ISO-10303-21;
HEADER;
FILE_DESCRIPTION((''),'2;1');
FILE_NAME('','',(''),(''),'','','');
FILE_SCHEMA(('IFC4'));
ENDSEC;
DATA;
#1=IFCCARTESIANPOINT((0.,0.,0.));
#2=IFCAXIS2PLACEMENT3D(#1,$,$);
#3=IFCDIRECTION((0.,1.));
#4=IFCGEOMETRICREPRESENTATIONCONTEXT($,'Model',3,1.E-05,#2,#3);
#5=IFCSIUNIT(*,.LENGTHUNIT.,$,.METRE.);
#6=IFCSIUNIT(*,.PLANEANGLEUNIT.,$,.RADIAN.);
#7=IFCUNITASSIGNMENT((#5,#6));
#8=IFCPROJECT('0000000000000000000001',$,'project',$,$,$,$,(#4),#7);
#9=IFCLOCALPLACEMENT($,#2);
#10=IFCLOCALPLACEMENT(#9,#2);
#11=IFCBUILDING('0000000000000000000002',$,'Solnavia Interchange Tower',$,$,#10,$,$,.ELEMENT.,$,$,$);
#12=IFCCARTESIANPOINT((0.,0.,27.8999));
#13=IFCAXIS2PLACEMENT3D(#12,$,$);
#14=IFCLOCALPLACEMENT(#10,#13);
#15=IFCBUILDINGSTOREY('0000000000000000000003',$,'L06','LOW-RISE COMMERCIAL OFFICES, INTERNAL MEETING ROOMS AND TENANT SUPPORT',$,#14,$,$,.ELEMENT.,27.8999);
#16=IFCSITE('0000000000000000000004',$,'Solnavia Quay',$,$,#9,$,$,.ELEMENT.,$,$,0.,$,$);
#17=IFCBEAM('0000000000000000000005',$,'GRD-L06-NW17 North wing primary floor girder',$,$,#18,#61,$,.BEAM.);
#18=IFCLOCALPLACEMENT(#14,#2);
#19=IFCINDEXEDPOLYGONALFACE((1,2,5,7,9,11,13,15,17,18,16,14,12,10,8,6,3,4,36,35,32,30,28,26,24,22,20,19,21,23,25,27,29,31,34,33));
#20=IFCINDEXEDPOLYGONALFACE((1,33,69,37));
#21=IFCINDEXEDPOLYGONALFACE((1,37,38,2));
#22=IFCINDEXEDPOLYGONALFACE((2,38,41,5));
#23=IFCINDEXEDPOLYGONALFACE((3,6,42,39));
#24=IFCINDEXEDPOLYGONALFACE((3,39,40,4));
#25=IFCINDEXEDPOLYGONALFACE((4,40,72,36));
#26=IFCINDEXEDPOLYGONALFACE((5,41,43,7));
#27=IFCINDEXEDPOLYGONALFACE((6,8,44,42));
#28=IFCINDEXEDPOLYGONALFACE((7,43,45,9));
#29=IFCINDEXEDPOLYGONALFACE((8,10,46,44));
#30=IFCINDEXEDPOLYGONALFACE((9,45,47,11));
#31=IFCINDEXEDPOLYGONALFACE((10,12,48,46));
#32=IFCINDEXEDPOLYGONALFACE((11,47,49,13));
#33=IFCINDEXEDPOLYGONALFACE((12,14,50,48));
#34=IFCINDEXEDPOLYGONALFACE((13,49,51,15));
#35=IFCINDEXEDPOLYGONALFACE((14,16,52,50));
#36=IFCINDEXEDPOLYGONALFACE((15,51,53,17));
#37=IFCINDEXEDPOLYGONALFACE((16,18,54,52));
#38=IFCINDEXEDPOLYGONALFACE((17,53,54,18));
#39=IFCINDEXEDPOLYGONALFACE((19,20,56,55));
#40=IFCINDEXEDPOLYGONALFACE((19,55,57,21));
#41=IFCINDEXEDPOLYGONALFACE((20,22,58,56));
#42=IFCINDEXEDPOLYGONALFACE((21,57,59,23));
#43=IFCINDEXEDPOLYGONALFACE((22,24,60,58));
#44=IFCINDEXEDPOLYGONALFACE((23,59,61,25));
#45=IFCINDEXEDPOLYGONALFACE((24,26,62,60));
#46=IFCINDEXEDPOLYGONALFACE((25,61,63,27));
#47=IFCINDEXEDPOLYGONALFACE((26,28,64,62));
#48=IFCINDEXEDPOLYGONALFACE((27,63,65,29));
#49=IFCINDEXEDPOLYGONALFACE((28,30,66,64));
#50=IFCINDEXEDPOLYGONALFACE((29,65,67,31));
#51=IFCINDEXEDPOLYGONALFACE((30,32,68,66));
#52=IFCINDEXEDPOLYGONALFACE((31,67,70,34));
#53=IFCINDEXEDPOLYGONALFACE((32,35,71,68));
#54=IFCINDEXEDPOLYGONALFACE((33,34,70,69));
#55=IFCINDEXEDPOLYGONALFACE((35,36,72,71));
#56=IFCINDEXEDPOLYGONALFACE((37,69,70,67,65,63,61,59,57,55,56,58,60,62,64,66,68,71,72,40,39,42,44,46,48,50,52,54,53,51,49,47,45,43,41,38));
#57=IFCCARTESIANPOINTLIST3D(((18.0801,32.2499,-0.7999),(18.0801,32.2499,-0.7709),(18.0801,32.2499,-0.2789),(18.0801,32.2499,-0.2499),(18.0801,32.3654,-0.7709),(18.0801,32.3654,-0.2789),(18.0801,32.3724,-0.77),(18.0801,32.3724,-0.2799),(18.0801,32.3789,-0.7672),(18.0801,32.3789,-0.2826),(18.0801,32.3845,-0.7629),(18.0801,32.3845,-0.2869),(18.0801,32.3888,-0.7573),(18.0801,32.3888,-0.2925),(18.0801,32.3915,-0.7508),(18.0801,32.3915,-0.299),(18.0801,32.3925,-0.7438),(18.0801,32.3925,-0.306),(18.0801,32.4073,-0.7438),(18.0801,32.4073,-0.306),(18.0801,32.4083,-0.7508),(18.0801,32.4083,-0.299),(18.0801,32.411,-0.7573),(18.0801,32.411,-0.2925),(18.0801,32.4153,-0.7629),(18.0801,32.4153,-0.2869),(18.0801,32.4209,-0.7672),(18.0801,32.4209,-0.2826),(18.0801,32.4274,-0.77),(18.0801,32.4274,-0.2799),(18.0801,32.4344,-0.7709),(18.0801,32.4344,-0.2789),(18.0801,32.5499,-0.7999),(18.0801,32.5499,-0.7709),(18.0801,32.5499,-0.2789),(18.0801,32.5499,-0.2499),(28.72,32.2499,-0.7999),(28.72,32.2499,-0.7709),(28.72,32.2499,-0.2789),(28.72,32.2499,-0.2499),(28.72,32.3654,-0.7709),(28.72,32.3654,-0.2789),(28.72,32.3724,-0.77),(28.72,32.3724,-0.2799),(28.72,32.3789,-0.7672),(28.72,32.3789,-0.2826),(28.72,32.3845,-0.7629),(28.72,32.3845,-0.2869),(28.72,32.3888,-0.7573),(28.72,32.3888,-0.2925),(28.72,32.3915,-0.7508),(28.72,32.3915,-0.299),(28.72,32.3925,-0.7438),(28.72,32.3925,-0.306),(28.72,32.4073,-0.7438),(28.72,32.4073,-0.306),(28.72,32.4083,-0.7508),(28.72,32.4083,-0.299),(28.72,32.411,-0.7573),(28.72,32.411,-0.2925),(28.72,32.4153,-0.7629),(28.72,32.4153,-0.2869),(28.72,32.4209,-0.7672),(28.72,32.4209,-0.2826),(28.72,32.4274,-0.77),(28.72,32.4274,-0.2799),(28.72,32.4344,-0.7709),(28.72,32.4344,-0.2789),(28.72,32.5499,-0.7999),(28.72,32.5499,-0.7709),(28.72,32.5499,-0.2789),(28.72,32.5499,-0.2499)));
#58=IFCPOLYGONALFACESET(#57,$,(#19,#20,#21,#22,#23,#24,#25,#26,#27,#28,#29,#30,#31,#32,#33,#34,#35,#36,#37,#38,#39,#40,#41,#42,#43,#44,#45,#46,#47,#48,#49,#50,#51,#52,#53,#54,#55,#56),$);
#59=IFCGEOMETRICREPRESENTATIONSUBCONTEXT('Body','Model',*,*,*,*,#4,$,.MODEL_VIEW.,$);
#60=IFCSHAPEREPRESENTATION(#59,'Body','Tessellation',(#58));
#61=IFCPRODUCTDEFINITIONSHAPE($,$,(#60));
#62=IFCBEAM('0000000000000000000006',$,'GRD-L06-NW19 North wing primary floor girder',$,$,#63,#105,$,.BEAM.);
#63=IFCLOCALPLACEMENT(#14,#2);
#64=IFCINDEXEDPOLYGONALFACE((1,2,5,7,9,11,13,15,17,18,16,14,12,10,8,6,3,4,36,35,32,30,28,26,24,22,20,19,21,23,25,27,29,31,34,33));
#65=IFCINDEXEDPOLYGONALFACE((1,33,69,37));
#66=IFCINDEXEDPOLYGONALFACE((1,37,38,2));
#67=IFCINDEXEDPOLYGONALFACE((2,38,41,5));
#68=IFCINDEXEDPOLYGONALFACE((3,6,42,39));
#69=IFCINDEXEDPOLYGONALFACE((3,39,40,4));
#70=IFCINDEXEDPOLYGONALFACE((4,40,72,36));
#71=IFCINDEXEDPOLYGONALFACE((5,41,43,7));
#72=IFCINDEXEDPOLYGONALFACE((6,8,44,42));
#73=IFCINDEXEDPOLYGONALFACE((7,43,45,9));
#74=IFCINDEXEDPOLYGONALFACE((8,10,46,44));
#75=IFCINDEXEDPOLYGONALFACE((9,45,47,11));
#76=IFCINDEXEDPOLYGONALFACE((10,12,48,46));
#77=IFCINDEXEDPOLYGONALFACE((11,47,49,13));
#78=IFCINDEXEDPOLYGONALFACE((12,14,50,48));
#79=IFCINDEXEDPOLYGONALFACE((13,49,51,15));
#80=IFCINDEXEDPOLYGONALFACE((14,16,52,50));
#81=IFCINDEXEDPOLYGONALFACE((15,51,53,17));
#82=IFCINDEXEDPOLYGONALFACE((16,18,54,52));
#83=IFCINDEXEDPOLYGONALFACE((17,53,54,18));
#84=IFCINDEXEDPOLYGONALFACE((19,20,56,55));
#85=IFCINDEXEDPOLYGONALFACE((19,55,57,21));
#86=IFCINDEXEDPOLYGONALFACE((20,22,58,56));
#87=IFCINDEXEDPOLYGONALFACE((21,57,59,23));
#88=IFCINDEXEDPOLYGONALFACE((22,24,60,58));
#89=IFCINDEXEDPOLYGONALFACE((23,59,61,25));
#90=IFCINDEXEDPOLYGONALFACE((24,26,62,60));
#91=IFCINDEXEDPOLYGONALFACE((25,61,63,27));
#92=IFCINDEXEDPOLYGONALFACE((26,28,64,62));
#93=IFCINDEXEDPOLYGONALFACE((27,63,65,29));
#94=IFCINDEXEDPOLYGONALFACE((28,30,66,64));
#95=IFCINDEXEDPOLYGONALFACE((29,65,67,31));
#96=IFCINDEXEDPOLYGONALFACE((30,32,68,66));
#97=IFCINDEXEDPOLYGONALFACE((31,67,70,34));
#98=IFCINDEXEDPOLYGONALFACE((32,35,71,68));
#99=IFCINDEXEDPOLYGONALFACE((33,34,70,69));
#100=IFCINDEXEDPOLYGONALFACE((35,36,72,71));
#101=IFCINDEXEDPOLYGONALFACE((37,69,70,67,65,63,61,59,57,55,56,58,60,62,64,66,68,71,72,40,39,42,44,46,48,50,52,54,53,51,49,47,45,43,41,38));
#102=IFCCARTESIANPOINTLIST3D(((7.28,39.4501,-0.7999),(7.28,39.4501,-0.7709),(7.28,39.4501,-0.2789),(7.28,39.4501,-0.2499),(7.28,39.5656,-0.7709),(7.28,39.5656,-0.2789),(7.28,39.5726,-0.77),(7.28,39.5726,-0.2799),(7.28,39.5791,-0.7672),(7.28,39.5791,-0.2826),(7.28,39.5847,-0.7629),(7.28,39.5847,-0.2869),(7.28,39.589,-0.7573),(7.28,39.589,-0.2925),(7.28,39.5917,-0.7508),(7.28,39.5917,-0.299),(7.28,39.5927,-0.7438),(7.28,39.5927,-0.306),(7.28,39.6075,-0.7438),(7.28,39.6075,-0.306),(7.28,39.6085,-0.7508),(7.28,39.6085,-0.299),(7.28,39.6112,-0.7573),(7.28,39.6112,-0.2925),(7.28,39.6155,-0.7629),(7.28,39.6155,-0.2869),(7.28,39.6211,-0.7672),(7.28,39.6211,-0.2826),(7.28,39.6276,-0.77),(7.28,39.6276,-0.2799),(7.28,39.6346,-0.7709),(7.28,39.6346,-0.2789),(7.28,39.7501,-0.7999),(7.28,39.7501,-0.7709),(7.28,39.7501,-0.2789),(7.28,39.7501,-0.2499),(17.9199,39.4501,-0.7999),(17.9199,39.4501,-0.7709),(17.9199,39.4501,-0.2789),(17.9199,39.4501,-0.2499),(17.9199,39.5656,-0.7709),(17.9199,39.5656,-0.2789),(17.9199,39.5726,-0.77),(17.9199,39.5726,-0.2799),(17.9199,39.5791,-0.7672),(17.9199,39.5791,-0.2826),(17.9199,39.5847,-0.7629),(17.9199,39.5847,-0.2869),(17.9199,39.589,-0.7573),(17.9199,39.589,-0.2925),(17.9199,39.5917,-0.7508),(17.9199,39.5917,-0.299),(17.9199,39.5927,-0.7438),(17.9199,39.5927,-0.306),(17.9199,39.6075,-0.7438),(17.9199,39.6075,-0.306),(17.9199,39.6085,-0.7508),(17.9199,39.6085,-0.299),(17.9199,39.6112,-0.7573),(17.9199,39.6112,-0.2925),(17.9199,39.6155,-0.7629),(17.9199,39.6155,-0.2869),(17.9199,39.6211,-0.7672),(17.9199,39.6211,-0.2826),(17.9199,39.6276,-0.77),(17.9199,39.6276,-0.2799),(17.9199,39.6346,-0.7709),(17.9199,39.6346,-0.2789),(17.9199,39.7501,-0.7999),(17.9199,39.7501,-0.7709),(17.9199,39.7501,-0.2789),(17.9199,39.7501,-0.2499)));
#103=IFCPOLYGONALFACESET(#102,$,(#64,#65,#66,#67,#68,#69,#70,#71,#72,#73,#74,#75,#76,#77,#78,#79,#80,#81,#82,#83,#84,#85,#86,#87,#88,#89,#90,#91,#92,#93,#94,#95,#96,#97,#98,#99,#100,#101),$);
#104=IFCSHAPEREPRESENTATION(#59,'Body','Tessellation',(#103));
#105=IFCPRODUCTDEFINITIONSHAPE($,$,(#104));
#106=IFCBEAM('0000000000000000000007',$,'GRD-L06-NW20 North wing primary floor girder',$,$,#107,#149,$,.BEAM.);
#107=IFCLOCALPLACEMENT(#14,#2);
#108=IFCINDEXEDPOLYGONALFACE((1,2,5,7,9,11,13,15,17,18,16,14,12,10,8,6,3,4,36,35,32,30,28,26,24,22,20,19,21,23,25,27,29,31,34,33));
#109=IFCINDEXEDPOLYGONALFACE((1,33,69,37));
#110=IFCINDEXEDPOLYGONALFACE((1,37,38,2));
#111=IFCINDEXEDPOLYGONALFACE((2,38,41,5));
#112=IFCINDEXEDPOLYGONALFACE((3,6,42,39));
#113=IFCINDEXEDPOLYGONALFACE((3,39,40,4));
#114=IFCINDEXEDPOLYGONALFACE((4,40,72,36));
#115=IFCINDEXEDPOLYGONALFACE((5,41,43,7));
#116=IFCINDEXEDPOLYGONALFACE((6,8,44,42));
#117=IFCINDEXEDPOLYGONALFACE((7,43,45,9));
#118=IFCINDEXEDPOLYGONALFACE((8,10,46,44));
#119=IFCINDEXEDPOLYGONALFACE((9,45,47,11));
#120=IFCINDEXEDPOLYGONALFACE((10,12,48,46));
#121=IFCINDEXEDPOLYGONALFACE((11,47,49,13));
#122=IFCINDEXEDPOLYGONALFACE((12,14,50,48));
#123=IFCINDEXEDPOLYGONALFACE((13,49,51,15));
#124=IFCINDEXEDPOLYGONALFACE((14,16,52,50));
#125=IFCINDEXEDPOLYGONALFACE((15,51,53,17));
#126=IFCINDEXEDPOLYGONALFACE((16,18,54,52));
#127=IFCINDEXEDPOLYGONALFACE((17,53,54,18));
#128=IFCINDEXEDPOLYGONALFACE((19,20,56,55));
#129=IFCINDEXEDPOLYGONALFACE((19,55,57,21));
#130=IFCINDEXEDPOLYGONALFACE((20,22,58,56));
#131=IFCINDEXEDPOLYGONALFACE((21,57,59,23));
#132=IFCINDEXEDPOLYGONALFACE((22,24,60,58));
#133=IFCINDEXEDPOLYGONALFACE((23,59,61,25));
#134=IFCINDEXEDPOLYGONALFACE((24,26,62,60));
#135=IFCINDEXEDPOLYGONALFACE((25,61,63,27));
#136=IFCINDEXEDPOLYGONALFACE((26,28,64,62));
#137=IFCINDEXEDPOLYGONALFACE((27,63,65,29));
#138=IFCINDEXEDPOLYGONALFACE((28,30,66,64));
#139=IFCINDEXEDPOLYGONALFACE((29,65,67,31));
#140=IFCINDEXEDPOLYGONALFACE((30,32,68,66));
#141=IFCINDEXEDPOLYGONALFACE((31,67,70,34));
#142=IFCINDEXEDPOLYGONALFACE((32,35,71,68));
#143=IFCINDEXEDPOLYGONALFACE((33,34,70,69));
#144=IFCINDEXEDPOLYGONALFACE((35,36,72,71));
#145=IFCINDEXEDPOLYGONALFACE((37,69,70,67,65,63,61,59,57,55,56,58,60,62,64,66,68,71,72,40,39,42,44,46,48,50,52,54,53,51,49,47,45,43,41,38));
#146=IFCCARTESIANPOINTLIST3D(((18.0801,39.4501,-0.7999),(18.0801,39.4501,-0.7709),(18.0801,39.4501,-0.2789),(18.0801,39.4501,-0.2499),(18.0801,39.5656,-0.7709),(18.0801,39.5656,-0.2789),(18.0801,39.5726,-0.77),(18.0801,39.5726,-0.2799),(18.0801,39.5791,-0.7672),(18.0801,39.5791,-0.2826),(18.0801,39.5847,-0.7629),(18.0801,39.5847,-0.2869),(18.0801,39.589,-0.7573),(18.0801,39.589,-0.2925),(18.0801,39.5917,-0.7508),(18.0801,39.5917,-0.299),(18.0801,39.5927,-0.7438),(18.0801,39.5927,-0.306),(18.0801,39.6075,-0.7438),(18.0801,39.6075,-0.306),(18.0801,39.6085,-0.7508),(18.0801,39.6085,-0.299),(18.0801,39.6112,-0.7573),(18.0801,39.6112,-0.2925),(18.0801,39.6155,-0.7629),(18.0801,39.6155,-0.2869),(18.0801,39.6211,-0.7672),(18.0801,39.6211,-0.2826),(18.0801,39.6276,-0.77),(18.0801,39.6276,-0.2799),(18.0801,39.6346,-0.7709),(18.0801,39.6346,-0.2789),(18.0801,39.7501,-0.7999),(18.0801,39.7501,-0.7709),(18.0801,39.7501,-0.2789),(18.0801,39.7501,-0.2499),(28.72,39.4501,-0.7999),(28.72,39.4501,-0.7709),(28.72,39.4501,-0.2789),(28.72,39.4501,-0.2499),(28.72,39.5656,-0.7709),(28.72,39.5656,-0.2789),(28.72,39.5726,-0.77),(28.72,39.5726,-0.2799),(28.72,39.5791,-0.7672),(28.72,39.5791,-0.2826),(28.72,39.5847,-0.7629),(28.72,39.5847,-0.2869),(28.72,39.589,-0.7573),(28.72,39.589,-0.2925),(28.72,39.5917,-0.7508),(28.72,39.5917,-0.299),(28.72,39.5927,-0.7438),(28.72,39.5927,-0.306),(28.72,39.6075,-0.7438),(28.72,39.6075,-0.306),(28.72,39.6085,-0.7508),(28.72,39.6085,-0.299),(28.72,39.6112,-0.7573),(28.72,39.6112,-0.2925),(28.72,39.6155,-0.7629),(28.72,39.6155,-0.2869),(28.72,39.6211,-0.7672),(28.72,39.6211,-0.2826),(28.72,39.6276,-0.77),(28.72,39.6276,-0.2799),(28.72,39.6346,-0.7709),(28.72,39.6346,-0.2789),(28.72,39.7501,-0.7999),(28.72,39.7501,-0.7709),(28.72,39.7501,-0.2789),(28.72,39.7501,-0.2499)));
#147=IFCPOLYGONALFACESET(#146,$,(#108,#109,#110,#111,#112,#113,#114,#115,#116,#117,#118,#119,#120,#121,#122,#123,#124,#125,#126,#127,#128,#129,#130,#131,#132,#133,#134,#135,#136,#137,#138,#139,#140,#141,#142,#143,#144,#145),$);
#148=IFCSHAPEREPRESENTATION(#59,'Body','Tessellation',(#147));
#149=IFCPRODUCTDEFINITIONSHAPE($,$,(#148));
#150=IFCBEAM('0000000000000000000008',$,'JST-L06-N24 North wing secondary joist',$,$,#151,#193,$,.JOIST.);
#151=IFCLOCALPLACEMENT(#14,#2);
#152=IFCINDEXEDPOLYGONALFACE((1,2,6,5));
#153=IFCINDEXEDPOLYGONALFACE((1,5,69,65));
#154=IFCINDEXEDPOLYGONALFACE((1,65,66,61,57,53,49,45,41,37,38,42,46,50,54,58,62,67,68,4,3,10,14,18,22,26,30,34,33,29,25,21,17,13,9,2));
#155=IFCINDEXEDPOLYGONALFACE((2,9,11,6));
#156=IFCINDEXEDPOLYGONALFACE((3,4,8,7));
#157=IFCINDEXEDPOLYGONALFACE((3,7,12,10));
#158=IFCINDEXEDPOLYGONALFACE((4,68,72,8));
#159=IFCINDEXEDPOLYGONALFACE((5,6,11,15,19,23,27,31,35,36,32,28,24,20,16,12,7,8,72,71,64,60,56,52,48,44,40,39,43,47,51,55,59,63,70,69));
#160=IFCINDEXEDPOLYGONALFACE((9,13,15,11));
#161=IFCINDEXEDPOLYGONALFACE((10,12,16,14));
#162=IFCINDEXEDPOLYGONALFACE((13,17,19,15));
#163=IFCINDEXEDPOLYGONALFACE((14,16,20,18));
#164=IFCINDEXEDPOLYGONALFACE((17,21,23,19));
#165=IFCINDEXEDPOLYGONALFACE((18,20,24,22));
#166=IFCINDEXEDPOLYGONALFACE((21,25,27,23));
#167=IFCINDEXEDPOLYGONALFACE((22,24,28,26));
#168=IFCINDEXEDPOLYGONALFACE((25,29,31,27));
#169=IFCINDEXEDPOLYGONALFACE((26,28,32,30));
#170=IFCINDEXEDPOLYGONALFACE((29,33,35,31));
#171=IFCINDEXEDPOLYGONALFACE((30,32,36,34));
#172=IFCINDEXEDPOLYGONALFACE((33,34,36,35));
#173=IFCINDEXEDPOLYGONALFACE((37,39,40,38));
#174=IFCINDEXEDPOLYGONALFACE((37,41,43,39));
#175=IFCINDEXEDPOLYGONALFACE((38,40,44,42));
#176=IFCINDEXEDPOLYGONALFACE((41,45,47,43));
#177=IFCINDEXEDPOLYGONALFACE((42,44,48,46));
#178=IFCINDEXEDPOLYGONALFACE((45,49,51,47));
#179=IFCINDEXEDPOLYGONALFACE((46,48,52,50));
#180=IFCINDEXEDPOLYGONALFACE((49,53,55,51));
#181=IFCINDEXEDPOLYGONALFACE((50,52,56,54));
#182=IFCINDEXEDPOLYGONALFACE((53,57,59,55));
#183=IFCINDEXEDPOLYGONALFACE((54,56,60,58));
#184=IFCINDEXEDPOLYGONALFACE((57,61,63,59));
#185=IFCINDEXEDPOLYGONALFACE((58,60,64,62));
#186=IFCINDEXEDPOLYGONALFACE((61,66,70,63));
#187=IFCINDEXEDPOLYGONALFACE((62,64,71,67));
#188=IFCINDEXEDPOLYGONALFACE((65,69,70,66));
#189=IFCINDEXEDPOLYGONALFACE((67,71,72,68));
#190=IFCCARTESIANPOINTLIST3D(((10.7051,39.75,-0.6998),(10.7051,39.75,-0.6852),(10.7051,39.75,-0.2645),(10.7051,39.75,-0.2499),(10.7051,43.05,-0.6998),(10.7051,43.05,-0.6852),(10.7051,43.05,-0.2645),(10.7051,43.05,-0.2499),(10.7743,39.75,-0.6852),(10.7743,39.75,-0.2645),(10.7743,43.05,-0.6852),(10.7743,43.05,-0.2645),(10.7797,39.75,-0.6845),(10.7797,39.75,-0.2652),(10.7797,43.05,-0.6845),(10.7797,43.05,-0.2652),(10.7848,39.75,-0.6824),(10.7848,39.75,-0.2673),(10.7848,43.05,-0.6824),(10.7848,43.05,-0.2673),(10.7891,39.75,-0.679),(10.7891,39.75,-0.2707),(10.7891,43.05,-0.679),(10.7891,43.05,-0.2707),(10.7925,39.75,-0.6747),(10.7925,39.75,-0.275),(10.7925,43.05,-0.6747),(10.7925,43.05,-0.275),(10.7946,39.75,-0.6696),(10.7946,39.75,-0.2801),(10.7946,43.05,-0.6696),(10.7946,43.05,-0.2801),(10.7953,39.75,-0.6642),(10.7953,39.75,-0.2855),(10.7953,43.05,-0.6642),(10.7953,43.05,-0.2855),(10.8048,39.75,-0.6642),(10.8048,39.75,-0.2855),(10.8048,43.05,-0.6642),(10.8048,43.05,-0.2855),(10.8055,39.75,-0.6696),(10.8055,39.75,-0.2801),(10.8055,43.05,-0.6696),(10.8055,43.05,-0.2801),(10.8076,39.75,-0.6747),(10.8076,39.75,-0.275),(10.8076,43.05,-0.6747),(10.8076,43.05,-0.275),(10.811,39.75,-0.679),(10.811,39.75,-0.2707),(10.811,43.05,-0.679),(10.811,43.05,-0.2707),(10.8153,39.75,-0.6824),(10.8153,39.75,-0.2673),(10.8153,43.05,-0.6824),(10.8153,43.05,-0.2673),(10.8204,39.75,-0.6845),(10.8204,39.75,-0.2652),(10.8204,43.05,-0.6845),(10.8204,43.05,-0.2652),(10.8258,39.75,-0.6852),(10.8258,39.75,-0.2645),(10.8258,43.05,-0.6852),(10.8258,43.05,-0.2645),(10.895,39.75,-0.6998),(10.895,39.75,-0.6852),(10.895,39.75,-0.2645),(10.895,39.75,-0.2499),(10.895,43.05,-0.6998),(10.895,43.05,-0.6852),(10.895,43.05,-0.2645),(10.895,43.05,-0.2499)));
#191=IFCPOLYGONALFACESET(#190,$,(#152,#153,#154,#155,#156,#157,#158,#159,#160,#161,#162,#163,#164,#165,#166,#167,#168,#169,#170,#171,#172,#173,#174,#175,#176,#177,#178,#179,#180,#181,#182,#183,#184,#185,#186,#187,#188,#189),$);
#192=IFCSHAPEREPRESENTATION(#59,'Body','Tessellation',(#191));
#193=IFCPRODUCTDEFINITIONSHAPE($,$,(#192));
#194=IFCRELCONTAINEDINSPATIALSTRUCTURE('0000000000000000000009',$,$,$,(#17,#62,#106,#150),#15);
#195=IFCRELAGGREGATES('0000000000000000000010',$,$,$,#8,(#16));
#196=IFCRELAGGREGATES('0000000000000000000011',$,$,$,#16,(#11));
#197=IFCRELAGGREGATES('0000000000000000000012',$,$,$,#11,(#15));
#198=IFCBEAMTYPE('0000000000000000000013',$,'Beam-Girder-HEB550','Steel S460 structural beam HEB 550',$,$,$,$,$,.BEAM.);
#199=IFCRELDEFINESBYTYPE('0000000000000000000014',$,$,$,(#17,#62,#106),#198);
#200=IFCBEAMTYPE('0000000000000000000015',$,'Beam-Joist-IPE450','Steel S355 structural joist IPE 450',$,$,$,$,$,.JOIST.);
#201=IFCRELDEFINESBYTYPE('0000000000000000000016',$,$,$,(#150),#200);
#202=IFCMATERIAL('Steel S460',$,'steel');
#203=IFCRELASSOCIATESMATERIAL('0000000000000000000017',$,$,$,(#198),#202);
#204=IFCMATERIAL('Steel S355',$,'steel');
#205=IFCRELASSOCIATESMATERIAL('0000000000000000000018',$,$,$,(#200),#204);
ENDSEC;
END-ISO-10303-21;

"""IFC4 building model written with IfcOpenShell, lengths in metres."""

from ifc_helpers import new_model, si_unit, direction, frame, origin, origin_2d, place, context, subcontext, project, spatial, i_section, extrude, material, material_profile, profile_set, type_object, element, save


model = new_model("IFC4")

# Units and contexts
model_context = context("Model", 3, precision=1e-05, world=origin(), true_north=direction((0.0, 1.0)))
body_context = subcontext(model_context, "Body", "Model", "MODEL_VIEW")
ifc_project = project(units=[si_unit("LENGTHUNIT", "METRE"), si_unit("PLANEANGLEUNIT", "RADIAN")], contexts=[model_context])

# Site, building, storey
site_placement = place(None, origin())
site = spatial("IfcSite", under=ifc_project, at=site_placement, Name="Solnavia Quay", CompositionType="ELEMENT", RefElevation=0.0)
building_placement = place(site_placement, origin())
building = spatial("IfcBuilding", under=site, at=building_placement, Name="Solnavia Interchange Tower", CompositionType="ELEMENT")
storey_placement = place(building_placement, frame((0.0, 0.0, 27.8999)))
storey = spatial("IfcBuildingStorey", under=building, at=storey_placement, Name="L06", Description="LOW-RISE COMMERCIAL OFFICES, INTERNAL MEETING ROOMS AND TENANT SUPPORT", CompositionType="ELEMENT", Elevation=27.8999)

# Shared definitions
ifc_material_1 = material(Name="Steel S355", Category="steel")

# Beams
ifc_material_2 = material(Name="Steel S460", Category="steel")
ifc_material_profile_1 = material_profile(ifc_material_2, i_section(OverallWidth=0.3, OverallDepth=0.55, WebThickness=0.0149, FlangeThickness=0.0291, FilletRadius=0.0271, at=origin_2d()), Name="HEB 550")
ifc_profile_set_1 = profile_set([ifc_material_profile_1], Name="Steel S460")
beam_type_1 = type_object("IfcBeamType", Name="Beam-Girder-HEB550", Description="Steel S460 structural beam HEB 550", PredefinedType="BEAM", material=ifc_profile_set_1)
for number, where, z_axis, x_axis, name in (
    (1, (18.0801, 32.3999, -0.5249), (1.0, 0.0, 0.0), (0.0, 1.0, 0.0), "GRD-L06-NW17 North wing primary floor girder"),
    (2, (7.28, 39.6001, -0.5249), (1.0, 0.0, 0.0), (0.0, 1.0, 0.0), "GRD-L06-NW19 North wing primary floor girder"),
    (3, (18.0801, 39.6001, -0.5249), (1.0, 0.0, 0.0), (0.0, 1.0, 0.0), "GRD-L06-NW20 North wing primary floor girder"),
):
    element("IfcBeam", number, at=place(storey_placement, frame(where, z_axis=z_axis, x_axis=x_axis)), inside=storey, type_object=beam_type_1, Name=name, PredefinedType="BEAM", context=body_context, shape_type="SweptSolid", body=[
        extrude(i_section(OverallWidth=0.3, OverallDepth=0.55, WebThickness=0.0149, FlangeThickness=0.0291, FilletRadius=0.0271, at=origin_2d()), origin(), (0.0, 0.0, 1.0), 10.6399),
    ])
ifc_material_profile_2 = material_profile(ifc_material_1, i_section(OverallWidth=0.1899, OverallDepth=0.45, WebThickness=0.0095, FlangeThickness=0.0146, FilletRadius=0.021, at=origin_2d()), Name="IPE 450")
ifc_profile_set_2 = profile_set([ifc_material_profile_2], Name="Steel S355")
beam_type_2 = type_object("IfcBeamType", Name="Beam-Joist-IPE450", Description="Steel S355 structural joist IPE 450", PredefinedType="JOIST", material=ifc_profile_set_2)
for number, where, z_axis, x_axis, name in (
    (4, (10.8, 39.75, -0.4749), (0.0, 1.0, 0.0), (-1.0, 0.0, 0.0), "JST-L06-N24 North wing secondary joist"),
):
    element("IfcBeam", number, at=place(storey_placement, frame(where, z_axis=z_axis, x_axis=x_axis)), inside=storey, type_object=beam_type_2, Name=name, PredefinedType="JOIST", context=body_context, shape_type="SweptSolid", body=[
        extrude(i_section(OverallWidth=0.1899, OverallDepth=0.45, WebThickness=0.0095, FlangeThickness=0.0146, FilletRadius=0.021, at=origin_2d()), origin(), (0.0, 0.0, 1.0), 3.3),
    ])

save(model, "model.ifc")
